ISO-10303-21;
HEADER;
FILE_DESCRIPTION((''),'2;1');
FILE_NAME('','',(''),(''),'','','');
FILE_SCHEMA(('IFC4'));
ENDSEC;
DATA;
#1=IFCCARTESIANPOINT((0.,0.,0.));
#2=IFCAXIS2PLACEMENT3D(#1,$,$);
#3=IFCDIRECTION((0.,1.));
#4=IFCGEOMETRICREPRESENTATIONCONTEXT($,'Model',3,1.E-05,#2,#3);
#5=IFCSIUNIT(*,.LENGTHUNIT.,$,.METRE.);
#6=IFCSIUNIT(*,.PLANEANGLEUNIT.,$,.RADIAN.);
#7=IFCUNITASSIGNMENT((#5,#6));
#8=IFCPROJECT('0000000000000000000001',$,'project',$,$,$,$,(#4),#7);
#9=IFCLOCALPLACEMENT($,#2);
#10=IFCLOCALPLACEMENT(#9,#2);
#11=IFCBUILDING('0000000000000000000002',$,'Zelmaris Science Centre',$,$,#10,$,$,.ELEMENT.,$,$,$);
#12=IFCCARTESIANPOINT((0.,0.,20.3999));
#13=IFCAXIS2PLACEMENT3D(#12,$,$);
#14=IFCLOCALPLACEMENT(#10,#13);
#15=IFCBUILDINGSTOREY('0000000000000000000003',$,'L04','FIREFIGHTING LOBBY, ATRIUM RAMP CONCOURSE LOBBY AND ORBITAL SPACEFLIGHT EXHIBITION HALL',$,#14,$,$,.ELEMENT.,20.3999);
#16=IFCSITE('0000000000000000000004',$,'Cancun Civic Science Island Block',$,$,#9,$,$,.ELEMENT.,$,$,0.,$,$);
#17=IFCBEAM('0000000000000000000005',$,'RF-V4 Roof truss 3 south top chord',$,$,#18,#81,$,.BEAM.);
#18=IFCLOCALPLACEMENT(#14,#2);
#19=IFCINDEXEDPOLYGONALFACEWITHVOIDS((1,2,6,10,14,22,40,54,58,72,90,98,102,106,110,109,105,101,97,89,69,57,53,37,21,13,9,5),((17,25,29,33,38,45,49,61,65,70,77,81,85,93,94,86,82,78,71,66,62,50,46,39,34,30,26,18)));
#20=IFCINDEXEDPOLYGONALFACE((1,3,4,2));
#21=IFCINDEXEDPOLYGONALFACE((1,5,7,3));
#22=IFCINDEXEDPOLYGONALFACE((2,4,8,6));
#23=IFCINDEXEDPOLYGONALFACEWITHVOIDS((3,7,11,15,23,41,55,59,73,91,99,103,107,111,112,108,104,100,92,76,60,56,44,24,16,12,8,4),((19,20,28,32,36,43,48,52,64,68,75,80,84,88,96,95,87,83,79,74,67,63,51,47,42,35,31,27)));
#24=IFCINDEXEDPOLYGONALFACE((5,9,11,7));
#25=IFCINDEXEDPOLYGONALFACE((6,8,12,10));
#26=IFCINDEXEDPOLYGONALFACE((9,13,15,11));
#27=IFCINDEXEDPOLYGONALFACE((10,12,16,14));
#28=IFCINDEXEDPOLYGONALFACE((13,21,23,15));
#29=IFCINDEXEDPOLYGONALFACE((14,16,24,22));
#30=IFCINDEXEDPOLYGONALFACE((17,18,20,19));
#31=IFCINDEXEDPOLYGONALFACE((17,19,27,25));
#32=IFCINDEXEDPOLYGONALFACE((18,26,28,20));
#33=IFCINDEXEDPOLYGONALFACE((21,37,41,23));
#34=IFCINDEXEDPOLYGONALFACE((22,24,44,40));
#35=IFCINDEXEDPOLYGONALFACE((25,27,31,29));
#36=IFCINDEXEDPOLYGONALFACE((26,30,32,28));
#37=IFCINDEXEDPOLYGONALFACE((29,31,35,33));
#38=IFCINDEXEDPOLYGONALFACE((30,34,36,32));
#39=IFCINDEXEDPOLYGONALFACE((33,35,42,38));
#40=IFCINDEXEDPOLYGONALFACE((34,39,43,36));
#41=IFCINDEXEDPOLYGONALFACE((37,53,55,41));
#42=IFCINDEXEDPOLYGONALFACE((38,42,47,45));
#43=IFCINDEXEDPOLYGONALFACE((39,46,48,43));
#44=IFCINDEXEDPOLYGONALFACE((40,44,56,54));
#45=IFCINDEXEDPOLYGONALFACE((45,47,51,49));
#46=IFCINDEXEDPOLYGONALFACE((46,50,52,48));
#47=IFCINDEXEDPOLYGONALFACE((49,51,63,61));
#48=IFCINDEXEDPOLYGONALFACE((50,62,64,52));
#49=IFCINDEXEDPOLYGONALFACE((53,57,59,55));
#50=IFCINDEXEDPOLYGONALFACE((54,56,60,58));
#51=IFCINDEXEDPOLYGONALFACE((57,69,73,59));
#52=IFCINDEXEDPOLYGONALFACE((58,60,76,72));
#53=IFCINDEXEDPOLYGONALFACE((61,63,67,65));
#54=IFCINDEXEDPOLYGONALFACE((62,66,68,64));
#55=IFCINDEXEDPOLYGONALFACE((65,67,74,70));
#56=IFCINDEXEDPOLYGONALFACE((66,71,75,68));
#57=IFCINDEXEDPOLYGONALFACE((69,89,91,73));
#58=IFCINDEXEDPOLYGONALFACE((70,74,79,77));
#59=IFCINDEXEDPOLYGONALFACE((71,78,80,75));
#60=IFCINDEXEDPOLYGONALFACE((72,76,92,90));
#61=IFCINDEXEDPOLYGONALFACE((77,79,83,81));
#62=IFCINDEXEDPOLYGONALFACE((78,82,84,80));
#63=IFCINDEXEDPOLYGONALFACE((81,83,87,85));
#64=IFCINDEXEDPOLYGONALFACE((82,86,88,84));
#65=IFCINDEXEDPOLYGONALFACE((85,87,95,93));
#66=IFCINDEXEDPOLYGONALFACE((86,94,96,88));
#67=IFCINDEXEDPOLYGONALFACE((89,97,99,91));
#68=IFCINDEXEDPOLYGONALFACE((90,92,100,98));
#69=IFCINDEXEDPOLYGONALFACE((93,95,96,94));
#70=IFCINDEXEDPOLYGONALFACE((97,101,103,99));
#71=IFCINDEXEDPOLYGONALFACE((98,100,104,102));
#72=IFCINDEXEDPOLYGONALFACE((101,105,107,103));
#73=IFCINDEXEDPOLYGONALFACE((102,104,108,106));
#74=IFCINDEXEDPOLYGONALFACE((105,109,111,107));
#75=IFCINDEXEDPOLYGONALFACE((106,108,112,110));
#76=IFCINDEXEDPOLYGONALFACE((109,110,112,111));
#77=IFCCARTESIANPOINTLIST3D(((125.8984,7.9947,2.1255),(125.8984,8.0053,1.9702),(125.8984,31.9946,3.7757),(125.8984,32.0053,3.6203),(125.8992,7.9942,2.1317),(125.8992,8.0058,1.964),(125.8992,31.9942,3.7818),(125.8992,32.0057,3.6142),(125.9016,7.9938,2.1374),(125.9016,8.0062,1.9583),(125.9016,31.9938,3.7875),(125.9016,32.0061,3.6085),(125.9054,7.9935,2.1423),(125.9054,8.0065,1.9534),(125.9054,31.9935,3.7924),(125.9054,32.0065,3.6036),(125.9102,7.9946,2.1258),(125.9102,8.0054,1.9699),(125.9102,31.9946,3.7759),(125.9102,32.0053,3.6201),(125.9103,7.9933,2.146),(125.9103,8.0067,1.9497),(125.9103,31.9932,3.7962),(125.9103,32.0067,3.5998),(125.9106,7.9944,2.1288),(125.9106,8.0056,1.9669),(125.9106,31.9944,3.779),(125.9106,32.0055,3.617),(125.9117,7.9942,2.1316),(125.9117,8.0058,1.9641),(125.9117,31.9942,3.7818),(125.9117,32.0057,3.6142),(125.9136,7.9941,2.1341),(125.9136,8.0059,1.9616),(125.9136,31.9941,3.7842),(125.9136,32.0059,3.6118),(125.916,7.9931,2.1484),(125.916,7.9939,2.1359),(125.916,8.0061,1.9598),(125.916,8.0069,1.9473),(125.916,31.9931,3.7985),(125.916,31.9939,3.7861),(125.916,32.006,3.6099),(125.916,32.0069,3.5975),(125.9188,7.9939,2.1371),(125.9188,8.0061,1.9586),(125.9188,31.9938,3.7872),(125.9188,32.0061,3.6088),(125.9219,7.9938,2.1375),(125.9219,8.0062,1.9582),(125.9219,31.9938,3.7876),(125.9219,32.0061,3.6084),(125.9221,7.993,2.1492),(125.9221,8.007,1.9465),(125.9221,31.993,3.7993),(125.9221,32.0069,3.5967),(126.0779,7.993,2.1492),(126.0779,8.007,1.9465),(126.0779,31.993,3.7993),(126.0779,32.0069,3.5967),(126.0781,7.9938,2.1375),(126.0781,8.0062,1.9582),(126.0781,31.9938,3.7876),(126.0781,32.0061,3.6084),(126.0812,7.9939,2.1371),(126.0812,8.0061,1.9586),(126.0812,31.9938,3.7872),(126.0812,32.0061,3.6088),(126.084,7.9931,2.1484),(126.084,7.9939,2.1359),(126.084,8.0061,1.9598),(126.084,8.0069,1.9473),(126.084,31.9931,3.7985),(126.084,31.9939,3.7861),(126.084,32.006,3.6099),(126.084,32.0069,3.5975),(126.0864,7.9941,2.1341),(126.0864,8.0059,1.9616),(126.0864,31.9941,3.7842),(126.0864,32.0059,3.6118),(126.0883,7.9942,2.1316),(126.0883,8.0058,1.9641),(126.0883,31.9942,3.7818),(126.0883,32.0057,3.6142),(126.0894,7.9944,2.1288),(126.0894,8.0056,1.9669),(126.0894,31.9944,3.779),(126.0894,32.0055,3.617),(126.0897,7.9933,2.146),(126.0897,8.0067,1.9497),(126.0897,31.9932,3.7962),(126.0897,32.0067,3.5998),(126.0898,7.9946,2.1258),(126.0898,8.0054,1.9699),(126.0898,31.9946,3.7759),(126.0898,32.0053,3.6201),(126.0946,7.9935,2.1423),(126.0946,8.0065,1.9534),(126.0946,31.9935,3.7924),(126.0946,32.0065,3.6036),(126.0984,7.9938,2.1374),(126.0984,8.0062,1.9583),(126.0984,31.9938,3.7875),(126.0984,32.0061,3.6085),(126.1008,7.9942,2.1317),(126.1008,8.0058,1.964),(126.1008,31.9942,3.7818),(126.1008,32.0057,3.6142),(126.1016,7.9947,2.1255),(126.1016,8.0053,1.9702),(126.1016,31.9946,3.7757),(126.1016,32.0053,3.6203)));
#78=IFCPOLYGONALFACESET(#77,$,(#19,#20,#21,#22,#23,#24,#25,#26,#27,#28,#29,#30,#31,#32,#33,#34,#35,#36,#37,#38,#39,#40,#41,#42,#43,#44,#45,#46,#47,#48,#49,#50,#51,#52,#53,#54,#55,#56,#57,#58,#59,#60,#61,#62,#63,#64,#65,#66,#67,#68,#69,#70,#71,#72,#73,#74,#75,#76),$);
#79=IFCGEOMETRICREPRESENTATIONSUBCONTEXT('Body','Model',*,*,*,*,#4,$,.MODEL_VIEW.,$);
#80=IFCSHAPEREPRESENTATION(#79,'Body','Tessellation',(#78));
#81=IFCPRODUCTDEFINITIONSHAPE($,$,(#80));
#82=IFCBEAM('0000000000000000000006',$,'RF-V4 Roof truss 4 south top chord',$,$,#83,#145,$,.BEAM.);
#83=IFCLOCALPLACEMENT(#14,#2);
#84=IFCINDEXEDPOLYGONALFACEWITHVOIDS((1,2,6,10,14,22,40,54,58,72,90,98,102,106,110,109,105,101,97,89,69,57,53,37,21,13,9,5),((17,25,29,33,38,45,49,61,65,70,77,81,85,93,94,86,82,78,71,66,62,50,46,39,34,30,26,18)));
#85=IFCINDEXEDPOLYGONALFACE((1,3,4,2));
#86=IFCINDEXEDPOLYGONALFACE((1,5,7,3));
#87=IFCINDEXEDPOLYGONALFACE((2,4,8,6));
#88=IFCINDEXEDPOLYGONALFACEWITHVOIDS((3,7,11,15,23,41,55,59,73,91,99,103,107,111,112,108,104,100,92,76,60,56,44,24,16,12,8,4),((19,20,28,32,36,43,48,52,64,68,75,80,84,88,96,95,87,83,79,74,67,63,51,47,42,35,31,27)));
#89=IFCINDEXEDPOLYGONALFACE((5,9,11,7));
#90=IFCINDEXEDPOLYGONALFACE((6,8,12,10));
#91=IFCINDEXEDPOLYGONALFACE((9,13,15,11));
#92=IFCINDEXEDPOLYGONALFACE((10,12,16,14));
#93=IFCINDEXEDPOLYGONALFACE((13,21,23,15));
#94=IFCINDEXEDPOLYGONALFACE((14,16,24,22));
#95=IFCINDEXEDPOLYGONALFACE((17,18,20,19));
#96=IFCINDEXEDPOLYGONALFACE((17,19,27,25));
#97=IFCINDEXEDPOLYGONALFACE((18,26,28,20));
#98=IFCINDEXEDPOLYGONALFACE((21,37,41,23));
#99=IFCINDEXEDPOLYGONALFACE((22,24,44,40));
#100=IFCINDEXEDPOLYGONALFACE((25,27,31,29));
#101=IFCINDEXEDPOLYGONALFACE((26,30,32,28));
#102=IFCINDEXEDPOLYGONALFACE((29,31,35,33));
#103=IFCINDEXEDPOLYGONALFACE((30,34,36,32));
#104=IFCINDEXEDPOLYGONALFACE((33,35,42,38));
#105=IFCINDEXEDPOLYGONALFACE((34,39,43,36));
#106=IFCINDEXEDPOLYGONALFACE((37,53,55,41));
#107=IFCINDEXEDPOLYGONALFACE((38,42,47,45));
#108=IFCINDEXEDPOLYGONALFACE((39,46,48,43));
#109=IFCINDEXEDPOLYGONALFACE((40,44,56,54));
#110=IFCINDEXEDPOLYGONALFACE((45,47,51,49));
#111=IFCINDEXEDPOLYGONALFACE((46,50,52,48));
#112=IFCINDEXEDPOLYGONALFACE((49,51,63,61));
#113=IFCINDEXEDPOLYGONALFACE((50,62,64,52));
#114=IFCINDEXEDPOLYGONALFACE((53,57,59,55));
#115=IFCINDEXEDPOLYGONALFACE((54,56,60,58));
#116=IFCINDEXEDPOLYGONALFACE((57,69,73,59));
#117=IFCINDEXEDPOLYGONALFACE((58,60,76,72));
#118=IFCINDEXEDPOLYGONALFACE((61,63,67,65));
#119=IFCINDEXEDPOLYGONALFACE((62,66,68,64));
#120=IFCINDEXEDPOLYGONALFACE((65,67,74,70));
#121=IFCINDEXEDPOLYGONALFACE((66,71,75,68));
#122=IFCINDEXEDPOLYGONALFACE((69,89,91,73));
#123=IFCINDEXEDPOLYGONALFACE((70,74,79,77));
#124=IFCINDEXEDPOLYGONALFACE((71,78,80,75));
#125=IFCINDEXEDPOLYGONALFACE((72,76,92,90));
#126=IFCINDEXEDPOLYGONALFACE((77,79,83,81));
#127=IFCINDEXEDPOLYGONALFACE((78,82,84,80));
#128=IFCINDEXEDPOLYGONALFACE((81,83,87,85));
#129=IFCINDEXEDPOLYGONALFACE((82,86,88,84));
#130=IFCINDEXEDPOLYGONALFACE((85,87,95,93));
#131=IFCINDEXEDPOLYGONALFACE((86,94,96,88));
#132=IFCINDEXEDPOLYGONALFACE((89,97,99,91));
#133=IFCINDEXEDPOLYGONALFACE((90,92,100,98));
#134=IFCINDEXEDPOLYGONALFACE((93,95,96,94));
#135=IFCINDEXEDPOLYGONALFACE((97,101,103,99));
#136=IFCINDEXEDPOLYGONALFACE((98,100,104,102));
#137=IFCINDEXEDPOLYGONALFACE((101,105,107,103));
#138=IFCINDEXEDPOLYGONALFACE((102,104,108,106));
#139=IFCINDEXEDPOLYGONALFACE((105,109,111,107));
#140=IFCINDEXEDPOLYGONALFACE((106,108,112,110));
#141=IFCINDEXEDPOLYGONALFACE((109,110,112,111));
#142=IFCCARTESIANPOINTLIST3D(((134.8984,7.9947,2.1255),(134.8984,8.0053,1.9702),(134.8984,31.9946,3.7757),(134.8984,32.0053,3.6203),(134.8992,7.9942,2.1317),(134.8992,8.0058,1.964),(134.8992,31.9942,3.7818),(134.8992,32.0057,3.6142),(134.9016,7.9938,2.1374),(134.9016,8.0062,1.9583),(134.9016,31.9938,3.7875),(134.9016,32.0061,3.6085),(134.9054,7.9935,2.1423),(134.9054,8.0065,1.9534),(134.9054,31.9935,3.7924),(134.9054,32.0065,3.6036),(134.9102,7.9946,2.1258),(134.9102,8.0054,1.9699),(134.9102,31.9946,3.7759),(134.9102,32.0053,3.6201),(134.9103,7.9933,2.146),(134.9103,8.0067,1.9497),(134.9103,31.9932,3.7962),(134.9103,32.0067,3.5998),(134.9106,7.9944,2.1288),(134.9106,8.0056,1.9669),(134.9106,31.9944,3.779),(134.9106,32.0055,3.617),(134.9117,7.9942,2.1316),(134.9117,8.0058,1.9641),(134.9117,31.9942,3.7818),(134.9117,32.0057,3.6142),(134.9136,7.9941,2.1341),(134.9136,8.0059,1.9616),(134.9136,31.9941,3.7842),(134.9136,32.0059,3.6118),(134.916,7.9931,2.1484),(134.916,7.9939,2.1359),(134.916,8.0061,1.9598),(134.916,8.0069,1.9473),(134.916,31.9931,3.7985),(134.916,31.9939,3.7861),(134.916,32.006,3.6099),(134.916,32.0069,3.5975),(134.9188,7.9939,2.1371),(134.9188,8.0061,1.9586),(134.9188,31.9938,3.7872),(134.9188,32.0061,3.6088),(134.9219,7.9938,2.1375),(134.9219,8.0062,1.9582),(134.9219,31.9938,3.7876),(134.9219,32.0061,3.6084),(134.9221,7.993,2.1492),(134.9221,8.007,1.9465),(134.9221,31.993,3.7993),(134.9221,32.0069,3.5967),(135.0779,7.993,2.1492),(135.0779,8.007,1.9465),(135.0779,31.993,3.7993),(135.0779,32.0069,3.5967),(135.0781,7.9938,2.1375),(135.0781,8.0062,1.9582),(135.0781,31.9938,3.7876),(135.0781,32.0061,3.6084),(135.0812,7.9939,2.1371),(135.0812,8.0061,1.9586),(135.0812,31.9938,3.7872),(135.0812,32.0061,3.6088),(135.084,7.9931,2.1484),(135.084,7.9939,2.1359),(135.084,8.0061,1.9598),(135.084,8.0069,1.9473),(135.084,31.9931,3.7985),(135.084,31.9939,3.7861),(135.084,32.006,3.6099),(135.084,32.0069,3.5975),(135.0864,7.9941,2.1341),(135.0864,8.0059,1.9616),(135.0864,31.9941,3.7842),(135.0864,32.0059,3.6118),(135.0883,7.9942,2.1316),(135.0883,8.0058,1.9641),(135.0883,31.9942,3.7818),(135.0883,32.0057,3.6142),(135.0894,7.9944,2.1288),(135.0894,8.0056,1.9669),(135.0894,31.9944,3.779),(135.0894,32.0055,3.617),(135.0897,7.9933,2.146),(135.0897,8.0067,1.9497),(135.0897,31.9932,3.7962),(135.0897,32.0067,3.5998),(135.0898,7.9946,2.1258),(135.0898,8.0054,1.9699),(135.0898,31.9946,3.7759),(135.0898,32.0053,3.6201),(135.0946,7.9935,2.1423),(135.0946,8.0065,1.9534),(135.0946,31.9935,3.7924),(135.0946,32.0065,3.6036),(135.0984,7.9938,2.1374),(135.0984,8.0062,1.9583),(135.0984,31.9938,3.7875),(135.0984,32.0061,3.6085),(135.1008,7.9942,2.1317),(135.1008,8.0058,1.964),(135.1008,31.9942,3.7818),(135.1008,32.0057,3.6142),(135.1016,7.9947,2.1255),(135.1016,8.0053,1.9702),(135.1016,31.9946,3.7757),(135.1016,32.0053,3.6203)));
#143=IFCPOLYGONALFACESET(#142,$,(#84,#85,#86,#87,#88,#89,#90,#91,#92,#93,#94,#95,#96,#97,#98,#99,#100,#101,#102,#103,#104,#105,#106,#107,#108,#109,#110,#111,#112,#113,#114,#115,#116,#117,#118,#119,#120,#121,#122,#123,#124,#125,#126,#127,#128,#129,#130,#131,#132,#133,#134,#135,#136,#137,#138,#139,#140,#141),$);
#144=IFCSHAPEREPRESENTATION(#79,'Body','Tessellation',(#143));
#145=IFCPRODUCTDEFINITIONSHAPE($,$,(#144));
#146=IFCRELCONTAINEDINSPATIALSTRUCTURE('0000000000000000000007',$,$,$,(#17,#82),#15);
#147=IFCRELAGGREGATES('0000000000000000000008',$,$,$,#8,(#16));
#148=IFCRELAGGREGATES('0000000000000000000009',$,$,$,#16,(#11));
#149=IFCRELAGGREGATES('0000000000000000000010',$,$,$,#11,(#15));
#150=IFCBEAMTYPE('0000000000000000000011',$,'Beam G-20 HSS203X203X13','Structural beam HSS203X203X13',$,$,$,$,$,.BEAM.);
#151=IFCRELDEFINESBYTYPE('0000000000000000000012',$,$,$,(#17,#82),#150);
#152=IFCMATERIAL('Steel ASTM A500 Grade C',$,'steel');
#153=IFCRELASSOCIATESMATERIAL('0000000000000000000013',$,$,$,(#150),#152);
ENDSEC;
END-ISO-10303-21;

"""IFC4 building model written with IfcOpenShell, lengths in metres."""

from ifc_helpers import new_model, si_unit, direction, frame, origin, origin_2d, place, context, subcontext, project, spatial, hollow_rectangle, extrude, material, material_profile, profile_set, type_object, element, save


model = new_model("IFC4")

# Units and contexts
model_context = context("Model", 3, precision=1e-05, world=origin(), true_north=direction((0.0, 1.0)))
body_context = subcontext(model_context, "Body", "Model", "MODEL_VIEW")
ifc_project = project(units=[si_unit("LENGTHUNIT", "METRE"), si_unit("PLANEANGLEUNIT", "RADIAN")], contexts=[model_context])

# Site, building, storey
site_placement = place(None, origin())
site = spatial("IfcSite", under=ifc_project, at=site_placement, Name="Cancun Civic Science Island Block", CompositionType="ELEMENT", RefElevation=0.0)
building_placement = place(site_placement, origin())
building = spatial("IfcBuilding", under=site, at=building_placement, Name="Zelmaris Science Centre", CompositionType="ELEMENT")
storey_placement = place(building_placement, frame((0.0, 0.0, 20.3999)))
storey = spatial("IfcBuildingStorey", under=building, at=storey_placement, Name="L04", Description="FIREFIGHTING LOBBY, ATRIUM RAMP CONCOURSE LOBBY AND ORBITAL SPACEFLIGHT EXHIBITION HALL", CompositionType="ELEMENT", Elevation=20.3999)

# Beams
ifc_material = material(Name="Steel ASTM A500 Grade C", Category="steel")
ifc_material_profile_1 = material_profile(ifc_material, hollow_rectangle(XDim=0.2031, YDim=0.2031, WallThickness=0.0117, InnerFilletRadius=0.0117, OuterFilletRadius=0.0237, at=origin_2d()), Name="HSS203X203X13")
ifc_profile_set_1 = profile_set([ifc_material_profile_1], Name="Steel ASTM A500 Grade C")
beam_type_1 = type_object("IfcBeamType", Name="Beam G-20 HSS203X203X13", Description="Structural beam HSS203X203X13", PredefinedType="BEAM", material=ifc_profile_set_1)
for number, where, z_axis, x_axis, name in (
    (1, (126.0, 8.0, 2.0479), (0.0, 0.997645, 0.068594), (-1.0, 0.0, 0.0), "RF-V4 Roof truss 3 south top chord"),
    (2, (135.0, 8.0, 2.0479), (0.0, 0.997645, 0.068594), (-1.0, 0.0, 0.0), "RF-V4 Roof truss 4 south top chord"),
):
    element("IfcBeam", number, at=place(storey_placement, frame(where, z_axis=z_axis, x_axis=x_axis)), inside=storey, type_object=beam_type_1, Name=name, PredefinedType="BEAM", context=body_context, shape_type="SweptSolid", body=[
        extrude(hollow_rectangle(XDim=0.2031, YDim=0.2031, WallThickness=0.0117, InnerFilletRadius=0.0117, OuterFilletRadius=0.0237, at=origin_2d()), origin(), (0.0, 0.0, 1.0), 24.0566),
    ])

save(model, "model.ifc")
